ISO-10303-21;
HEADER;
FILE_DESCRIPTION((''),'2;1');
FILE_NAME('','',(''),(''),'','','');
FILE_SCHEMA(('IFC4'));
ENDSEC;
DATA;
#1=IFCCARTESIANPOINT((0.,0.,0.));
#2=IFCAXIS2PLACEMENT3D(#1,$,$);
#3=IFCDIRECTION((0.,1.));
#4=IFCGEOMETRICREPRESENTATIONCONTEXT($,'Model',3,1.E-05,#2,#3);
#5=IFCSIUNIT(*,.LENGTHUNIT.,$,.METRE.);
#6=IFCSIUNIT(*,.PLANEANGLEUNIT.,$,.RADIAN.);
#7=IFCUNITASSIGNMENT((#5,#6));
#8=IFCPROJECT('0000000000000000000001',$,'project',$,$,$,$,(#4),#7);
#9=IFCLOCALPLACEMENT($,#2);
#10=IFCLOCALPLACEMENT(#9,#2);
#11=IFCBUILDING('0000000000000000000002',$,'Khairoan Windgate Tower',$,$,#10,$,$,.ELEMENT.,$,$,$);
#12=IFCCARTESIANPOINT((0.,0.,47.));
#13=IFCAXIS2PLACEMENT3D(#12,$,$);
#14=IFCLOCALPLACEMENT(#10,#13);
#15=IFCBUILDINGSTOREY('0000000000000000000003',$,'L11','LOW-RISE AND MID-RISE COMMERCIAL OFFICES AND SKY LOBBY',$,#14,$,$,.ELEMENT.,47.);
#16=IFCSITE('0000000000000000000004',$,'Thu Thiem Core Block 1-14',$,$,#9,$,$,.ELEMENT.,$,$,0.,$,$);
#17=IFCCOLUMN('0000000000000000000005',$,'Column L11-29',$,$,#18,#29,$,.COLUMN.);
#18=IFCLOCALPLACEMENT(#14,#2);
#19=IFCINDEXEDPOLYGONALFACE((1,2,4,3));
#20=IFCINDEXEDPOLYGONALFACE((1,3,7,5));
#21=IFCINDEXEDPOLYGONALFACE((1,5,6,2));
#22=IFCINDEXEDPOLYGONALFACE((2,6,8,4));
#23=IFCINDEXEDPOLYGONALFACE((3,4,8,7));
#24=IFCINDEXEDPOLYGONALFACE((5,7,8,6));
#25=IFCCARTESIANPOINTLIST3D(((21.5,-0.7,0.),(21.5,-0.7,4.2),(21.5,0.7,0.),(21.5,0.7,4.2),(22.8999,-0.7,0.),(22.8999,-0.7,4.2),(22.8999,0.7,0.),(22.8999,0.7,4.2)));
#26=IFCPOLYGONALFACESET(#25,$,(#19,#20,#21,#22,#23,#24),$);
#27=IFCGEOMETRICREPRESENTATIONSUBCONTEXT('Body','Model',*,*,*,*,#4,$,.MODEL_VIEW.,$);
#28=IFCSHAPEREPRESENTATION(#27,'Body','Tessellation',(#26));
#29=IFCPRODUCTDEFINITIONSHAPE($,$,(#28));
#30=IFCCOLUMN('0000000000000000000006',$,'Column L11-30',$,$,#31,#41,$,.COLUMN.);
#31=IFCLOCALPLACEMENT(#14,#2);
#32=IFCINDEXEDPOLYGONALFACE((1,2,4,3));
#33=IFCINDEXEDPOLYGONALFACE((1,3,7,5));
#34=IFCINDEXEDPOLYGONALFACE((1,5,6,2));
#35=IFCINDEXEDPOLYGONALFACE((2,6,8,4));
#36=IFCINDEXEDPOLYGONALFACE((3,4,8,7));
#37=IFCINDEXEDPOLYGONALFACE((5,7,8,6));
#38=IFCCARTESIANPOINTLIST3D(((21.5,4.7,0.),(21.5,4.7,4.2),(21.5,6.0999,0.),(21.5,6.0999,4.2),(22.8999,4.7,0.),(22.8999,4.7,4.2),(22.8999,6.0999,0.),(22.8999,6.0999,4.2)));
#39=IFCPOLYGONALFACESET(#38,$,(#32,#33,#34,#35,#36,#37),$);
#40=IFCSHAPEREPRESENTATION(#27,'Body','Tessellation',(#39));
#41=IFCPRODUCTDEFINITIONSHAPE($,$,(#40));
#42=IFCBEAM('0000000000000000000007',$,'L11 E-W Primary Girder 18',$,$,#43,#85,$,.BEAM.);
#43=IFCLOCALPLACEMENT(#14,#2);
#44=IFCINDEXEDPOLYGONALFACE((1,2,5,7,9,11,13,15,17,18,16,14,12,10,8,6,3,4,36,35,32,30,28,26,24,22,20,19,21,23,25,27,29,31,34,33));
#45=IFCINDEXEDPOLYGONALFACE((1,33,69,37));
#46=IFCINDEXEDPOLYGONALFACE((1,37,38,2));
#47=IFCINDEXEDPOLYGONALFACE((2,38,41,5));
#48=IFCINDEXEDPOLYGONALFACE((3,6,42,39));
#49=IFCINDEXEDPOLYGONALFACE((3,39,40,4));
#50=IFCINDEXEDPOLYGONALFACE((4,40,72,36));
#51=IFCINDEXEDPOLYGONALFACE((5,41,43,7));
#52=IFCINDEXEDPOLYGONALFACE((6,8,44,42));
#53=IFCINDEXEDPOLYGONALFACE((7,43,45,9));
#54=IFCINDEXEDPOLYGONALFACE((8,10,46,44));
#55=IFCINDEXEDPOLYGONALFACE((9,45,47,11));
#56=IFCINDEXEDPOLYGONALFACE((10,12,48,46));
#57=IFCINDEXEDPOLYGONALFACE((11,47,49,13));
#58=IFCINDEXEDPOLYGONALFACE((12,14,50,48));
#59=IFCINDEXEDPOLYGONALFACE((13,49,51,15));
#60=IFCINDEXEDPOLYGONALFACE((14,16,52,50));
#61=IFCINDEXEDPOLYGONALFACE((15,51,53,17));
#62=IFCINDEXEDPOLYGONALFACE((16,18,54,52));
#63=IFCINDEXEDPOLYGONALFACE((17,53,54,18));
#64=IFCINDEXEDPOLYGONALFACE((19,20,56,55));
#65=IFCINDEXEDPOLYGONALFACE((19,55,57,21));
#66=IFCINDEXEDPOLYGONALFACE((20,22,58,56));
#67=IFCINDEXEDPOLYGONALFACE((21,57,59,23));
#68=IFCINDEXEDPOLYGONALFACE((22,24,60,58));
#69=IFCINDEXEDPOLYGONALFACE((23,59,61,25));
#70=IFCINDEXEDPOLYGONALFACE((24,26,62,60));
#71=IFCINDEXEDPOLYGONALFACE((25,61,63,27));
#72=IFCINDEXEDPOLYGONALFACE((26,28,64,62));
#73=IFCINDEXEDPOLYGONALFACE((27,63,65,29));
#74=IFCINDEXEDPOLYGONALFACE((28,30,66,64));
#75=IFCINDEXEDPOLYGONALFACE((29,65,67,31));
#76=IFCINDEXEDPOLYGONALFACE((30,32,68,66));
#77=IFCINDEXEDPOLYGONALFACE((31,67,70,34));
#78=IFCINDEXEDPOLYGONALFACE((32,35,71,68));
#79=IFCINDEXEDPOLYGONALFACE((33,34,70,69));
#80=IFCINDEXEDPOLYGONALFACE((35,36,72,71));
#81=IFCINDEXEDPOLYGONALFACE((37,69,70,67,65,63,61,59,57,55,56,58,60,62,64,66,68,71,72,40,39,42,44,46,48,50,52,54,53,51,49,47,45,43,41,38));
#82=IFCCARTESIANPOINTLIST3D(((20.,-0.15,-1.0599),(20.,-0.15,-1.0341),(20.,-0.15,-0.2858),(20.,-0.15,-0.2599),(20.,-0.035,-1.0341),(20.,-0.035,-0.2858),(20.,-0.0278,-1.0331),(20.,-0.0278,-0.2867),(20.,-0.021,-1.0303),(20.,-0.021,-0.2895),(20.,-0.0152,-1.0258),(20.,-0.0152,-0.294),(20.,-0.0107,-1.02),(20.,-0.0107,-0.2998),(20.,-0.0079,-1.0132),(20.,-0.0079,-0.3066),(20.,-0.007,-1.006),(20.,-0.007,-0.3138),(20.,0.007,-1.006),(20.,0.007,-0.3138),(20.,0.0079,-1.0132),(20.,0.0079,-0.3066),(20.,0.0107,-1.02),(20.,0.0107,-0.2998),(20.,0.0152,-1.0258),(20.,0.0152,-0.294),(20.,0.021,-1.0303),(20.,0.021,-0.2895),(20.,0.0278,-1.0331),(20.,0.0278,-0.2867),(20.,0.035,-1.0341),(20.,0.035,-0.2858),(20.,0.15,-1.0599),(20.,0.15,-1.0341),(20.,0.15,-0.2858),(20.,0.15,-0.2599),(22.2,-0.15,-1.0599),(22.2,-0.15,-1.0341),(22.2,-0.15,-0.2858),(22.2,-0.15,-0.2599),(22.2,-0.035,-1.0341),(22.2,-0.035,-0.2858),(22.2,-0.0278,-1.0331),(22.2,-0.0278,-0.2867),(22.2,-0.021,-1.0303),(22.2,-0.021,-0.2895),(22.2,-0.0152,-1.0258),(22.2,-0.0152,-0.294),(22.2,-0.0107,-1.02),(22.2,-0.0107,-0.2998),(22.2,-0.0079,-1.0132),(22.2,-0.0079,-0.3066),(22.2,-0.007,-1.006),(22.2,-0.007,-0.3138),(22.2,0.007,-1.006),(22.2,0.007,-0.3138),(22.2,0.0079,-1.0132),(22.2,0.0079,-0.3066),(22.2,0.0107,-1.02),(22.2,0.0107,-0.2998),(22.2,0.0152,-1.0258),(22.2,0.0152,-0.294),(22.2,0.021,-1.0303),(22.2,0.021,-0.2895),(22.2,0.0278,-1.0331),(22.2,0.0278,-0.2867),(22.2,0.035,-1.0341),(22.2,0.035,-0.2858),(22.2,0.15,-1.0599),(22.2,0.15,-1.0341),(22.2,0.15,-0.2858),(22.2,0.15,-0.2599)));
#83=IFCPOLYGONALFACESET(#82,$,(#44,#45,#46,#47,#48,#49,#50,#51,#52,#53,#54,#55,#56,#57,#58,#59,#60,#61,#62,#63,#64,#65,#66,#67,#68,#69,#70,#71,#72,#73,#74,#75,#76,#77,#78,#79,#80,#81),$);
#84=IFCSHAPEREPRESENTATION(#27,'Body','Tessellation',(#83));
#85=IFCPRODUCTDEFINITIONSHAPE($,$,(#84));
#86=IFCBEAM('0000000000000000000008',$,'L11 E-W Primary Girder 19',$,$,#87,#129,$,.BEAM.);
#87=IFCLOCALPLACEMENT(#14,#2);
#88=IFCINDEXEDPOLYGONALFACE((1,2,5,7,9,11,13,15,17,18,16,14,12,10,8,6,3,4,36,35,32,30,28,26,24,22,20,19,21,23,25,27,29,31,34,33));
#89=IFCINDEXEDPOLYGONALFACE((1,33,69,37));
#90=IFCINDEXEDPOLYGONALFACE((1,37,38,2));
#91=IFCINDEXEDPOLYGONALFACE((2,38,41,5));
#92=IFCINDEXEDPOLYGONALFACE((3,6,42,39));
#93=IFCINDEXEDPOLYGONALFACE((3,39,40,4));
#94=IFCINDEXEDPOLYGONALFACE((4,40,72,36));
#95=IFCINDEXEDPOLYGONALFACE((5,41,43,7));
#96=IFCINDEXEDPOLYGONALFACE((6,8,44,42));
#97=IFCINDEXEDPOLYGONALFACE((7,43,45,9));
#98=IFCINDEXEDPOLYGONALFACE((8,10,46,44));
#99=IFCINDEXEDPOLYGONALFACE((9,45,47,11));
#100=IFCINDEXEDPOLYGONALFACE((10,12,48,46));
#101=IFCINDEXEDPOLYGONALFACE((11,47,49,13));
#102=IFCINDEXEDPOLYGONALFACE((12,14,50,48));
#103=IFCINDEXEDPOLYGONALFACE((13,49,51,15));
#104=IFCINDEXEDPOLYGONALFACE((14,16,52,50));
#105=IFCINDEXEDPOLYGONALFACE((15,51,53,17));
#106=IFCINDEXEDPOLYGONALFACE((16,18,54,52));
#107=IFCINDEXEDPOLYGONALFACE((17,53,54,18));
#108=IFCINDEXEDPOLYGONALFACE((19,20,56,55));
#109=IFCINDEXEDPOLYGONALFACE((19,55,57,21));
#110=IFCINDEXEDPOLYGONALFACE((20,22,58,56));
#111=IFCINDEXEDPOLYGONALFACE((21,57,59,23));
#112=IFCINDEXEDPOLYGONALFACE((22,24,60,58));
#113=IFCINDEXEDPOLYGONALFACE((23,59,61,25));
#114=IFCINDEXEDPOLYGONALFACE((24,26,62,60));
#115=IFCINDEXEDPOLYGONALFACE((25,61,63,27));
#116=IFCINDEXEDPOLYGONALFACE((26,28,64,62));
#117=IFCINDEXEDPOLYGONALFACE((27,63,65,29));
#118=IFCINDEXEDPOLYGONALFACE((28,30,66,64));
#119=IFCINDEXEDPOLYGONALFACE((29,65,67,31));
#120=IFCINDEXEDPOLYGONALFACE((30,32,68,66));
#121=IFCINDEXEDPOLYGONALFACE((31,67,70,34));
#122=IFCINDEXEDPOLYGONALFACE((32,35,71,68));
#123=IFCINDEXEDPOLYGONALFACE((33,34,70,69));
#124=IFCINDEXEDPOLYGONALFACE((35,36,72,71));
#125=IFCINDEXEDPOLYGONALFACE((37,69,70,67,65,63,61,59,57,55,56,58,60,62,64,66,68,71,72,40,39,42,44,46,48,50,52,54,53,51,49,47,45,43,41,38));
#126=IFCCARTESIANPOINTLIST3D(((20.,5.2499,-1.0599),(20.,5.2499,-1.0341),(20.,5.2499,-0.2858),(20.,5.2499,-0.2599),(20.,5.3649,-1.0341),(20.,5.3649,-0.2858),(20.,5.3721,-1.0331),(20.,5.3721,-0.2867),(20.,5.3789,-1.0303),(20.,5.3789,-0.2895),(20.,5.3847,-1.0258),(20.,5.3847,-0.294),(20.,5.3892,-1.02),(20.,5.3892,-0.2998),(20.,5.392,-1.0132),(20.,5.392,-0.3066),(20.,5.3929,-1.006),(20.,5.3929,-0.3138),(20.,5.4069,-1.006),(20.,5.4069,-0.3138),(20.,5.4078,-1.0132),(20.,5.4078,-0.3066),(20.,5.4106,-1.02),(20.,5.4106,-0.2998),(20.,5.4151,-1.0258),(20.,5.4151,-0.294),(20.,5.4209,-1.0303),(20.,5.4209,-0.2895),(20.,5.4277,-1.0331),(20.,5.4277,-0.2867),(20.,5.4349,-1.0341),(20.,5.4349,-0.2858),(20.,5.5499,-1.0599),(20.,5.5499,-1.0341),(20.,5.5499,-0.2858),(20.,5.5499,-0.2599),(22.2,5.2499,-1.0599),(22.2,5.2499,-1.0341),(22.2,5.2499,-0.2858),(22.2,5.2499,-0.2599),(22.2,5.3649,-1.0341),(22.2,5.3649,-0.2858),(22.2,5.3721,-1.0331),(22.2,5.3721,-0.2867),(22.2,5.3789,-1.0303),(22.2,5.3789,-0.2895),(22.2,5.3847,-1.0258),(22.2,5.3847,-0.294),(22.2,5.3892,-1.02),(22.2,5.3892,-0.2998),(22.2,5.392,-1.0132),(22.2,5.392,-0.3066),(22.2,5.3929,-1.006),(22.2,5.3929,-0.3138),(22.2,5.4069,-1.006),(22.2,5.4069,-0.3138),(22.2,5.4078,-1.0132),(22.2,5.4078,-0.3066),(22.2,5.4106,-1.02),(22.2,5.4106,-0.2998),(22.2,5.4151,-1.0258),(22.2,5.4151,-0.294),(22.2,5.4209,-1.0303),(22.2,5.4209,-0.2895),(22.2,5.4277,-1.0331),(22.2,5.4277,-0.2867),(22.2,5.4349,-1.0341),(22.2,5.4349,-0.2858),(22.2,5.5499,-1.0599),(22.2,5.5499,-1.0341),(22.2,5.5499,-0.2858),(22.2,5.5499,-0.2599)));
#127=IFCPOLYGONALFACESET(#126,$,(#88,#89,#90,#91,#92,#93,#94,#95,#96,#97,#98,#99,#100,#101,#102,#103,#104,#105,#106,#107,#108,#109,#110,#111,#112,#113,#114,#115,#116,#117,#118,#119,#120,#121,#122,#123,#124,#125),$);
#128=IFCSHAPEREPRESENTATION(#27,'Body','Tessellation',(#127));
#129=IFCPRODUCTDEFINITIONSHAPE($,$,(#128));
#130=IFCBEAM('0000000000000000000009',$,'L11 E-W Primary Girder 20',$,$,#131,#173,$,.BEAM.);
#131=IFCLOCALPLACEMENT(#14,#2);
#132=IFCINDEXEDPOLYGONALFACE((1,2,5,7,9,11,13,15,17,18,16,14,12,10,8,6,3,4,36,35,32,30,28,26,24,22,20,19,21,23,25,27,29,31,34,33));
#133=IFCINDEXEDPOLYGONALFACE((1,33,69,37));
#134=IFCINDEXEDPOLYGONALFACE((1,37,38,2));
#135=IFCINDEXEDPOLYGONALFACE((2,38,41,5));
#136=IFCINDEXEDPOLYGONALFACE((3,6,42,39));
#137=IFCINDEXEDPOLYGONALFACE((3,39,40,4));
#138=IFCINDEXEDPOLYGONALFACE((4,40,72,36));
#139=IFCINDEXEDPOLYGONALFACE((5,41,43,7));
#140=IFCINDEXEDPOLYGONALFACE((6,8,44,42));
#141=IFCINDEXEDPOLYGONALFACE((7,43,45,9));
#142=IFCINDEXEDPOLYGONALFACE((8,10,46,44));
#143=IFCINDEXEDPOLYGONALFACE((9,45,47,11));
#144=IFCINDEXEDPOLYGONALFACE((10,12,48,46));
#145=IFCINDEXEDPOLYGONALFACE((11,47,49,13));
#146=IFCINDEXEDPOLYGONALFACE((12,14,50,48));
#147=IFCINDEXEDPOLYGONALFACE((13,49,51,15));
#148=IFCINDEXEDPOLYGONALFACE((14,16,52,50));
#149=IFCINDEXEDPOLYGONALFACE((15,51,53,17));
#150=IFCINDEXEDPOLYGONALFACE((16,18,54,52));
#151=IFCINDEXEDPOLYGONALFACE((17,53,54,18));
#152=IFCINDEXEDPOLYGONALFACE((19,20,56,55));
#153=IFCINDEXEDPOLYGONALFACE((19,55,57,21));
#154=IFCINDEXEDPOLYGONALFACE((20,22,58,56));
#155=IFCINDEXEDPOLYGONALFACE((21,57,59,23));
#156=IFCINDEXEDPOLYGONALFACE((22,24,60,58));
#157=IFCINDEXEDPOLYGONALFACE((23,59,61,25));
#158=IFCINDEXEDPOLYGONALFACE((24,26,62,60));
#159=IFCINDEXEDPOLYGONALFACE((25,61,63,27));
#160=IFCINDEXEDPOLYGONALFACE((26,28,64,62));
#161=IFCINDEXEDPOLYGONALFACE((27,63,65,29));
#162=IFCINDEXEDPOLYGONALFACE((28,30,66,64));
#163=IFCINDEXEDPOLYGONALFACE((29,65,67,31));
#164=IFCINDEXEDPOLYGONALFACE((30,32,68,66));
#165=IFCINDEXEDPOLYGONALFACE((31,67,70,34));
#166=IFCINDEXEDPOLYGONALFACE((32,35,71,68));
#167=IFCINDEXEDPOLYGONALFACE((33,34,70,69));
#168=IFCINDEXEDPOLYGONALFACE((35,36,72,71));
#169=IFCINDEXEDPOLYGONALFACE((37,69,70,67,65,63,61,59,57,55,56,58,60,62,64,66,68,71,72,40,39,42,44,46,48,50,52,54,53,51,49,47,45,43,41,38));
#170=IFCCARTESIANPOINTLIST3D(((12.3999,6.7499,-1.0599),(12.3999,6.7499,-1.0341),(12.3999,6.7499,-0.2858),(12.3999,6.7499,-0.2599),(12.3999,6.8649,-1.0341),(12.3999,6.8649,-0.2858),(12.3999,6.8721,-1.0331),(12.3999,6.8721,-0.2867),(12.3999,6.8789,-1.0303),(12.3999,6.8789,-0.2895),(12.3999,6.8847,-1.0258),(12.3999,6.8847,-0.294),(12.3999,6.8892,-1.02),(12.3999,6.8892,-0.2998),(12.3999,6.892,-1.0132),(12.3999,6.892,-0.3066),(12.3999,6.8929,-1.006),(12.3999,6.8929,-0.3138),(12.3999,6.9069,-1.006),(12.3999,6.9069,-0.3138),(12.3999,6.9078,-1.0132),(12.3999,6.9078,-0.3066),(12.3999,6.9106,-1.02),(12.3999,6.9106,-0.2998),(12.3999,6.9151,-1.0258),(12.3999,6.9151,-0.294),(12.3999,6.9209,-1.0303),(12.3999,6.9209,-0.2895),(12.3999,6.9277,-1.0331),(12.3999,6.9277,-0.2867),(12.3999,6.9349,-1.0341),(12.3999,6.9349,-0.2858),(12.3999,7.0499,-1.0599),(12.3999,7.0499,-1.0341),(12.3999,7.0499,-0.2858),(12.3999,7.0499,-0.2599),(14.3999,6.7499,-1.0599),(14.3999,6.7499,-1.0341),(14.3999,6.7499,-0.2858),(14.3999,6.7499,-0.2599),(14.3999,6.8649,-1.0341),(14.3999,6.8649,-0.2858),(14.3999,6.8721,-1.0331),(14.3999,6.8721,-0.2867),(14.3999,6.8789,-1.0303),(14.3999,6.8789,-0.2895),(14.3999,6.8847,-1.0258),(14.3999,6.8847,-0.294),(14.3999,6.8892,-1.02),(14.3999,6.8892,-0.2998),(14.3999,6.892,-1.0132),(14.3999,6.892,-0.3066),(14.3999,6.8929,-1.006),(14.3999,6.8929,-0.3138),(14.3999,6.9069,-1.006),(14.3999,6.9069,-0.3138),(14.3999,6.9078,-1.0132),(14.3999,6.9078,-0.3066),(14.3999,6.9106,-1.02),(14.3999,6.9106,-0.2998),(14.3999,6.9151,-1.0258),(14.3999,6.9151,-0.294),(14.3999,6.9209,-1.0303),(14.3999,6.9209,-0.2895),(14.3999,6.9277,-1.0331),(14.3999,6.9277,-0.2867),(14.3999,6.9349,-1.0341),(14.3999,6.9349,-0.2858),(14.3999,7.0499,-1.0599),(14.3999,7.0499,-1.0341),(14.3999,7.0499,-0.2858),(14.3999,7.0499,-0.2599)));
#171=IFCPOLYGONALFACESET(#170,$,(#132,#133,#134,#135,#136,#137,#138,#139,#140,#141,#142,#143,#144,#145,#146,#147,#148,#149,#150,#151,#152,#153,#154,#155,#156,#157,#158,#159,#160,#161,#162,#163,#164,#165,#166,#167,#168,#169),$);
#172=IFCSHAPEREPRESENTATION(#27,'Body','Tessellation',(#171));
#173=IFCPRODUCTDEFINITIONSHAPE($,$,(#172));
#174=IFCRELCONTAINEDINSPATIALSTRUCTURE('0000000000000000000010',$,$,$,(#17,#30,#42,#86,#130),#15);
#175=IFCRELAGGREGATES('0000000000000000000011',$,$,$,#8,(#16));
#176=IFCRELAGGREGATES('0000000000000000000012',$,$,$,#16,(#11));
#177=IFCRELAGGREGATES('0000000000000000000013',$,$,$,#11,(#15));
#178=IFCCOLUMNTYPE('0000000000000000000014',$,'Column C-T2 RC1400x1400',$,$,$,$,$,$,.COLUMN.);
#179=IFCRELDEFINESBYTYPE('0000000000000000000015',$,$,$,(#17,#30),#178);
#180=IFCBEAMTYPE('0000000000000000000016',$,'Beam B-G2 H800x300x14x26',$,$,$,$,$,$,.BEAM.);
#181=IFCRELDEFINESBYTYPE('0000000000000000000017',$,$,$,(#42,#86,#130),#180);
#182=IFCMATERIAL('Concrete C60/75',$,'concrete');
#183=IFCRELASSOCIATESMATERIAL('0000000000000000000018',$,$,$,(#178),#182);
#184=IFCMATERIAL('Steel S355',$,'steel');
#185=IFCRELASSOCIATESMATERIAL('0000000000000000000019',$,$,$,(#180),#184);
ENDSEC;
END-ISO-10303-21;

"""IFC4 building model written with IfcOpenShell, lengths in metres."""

from ifc_helpers import new_model, si_unit, direction, frame, origin, origin_2d, place, context, subcontext, project, spatial, rectangle, i_section, extrude, material, material_profile, profile_set, type_object, element, save


model = new_model("IFC4")

# Units and contexts
model_context = context("Model", 3, precision=1e-05, world=origin(), true_north=direction((0.0, 1.0)))
body_context = subcontext(model_context, "Body", "Model", "MODEL_VIEW")
ifc_project = project(units=[si_unit("LENGTHUNIT", "METRE"), si_unit("PLANEANGLEUNIT", "RADIAN")], contexts=[model_context])

# Site, building, storey
site_placement = place(None, origin())
site = spatial("IfcSite", under=ifc_project, at=site_placement, Name="Thu Thiem Core Block 1-14", CompositionType="ELEMENT", RefElevation=0.0)
building_placement = place(site_placement, origin())
building = spatial("IfcBuilding", under=site, at=building_placement, Name="Khairoan Windgate Tower", CompositionType="ELEMENT")
storey_placement = place(building_placement, frame((0.0, 0.0, 47.0)))
storey = spatial("IfcBuildingStorey", under=building, at=storey_placement, Name="L11", Description="LOW-RISE AND MID-RISE COMMERCIAL OFFICES AND SKY LOBBY", CompositionType="ELEMENT", Elevation=47.0)

# Columns
ifc_material_1 = material(Name="Concrete C60/75", Category="concrete")
ifc_material_profile_1 = material_profile(ifc_material_1, rectangle(XDim=1.3999, YDim=1.3999, at=origin_2d()))
ifc_profile_set_1 = profile_set([ifc_material_profile_1], Name="Concrete C60/75")
column_type = type_object("IfcColumnType", Name="Column C-T2 RC1400x1400", PredefinedType="COLUMN", material=ifc_profile_set_1)
for number, where, z_axis, x_axis, name in (
    (1, (22.2, 0.0, 0.0), (0.0, 0.0, 1.0), (1.0, 0.0, 0.0), "Column L11-29"),
    (2, (22.2, 5.3999, 0.0), (0.0, 0.0, 1.0), (1.0, 0.0, 0.0), "Column L11-30"),
):
    element("IfcColumn", number, at=place(storey_placement, frame(where, z_axis=z_axis, x_axis=x_axis)), inside=storey, type_object=column_type, Name=name, PredefinedType="COLUMN", context=body_context, shape_type="SweptSolid", body=[
        extrude(rectangle(XDim=1.3999, YDim=1.3999, at=origin_2d()), origin(), (0.0, 0.0, 1.0), 4.2),
    ])

# Beams
ifc_material_2 = material(Name="Steel S355", Category="steel")
ifc_material_profile_2 = material_profile(ifc_material_2, i_section(OverallWidth=0.3, OverallDepth=0.8, WebThickness=0.0139, FlangeThickness=0.0259, FilletRadius=0.0281, at=origin_2d()))
ifc_profile_set_2 = profile_set([ifc_material_profile_2], Name="Steel S355")
beam_type_1 = type_object("IfcBeamType", Name="Beam B-G2 H800x300x14x26", PredefinedType="BEAM", material=ifc_profile_set_2)
for number, where, z_axis, x_axis, name in (
    (3, (20.0, 0.0, -0.6599), (1.0, 0.0, 0.0), (0.0, 1.0, 0.0), "L11 E-W Primary Girder 18"),
    (4, (20.0, 5.3999, -0.6599), (1.0, 0.0, 0.0), (0.0, 1.0, 0.0), "L11 E-W Primary Girder 19"),
):
    element("IfcBeam", number, at=place(storey_placement, frame(where, z_axis=z_axis, x_axis=x_axis)), inside=storey, type_object=beam_type_1, Name=name, PredefinedType="BEAM", context=body_context, shape_type="SweptSolid", body=[
        extrude(i_section(OverallWidth=0.3, OverallDepth=0.8, WebThickness=0.0139, FlangeThickness=0.0259, FilletRadius=0.0281, at=origin_2d()), origin(), (0.0, 0.0, 1.0), 2.2),
    ])
beam_1_placement = place(storey_placement, frame((12.3999, 6.8999, -0.6599), z_axis=(1.0, 0.0, 0.0), x_axis=(0.0, 1.0, 0.0)))
element("IfcBeam", 5, at=beam_1_placement, inside=storey, type_object=beam_type_1, Name="L11 E-W Primary Girder 20", PredefinedType="BEAM", context=body_context, shape_type="SweptSolid", body=[
    extrude(i_section(OverallWidth=0.3, OverallDepth=0.8, WebThickness=0.0139, FlangeThickness=0.0259, FilletRadius=0.0281, at=origin_2d()), origin(), (0.0, 0.0, 1.0), 2.0),
])

save(model, "model.ifc")
